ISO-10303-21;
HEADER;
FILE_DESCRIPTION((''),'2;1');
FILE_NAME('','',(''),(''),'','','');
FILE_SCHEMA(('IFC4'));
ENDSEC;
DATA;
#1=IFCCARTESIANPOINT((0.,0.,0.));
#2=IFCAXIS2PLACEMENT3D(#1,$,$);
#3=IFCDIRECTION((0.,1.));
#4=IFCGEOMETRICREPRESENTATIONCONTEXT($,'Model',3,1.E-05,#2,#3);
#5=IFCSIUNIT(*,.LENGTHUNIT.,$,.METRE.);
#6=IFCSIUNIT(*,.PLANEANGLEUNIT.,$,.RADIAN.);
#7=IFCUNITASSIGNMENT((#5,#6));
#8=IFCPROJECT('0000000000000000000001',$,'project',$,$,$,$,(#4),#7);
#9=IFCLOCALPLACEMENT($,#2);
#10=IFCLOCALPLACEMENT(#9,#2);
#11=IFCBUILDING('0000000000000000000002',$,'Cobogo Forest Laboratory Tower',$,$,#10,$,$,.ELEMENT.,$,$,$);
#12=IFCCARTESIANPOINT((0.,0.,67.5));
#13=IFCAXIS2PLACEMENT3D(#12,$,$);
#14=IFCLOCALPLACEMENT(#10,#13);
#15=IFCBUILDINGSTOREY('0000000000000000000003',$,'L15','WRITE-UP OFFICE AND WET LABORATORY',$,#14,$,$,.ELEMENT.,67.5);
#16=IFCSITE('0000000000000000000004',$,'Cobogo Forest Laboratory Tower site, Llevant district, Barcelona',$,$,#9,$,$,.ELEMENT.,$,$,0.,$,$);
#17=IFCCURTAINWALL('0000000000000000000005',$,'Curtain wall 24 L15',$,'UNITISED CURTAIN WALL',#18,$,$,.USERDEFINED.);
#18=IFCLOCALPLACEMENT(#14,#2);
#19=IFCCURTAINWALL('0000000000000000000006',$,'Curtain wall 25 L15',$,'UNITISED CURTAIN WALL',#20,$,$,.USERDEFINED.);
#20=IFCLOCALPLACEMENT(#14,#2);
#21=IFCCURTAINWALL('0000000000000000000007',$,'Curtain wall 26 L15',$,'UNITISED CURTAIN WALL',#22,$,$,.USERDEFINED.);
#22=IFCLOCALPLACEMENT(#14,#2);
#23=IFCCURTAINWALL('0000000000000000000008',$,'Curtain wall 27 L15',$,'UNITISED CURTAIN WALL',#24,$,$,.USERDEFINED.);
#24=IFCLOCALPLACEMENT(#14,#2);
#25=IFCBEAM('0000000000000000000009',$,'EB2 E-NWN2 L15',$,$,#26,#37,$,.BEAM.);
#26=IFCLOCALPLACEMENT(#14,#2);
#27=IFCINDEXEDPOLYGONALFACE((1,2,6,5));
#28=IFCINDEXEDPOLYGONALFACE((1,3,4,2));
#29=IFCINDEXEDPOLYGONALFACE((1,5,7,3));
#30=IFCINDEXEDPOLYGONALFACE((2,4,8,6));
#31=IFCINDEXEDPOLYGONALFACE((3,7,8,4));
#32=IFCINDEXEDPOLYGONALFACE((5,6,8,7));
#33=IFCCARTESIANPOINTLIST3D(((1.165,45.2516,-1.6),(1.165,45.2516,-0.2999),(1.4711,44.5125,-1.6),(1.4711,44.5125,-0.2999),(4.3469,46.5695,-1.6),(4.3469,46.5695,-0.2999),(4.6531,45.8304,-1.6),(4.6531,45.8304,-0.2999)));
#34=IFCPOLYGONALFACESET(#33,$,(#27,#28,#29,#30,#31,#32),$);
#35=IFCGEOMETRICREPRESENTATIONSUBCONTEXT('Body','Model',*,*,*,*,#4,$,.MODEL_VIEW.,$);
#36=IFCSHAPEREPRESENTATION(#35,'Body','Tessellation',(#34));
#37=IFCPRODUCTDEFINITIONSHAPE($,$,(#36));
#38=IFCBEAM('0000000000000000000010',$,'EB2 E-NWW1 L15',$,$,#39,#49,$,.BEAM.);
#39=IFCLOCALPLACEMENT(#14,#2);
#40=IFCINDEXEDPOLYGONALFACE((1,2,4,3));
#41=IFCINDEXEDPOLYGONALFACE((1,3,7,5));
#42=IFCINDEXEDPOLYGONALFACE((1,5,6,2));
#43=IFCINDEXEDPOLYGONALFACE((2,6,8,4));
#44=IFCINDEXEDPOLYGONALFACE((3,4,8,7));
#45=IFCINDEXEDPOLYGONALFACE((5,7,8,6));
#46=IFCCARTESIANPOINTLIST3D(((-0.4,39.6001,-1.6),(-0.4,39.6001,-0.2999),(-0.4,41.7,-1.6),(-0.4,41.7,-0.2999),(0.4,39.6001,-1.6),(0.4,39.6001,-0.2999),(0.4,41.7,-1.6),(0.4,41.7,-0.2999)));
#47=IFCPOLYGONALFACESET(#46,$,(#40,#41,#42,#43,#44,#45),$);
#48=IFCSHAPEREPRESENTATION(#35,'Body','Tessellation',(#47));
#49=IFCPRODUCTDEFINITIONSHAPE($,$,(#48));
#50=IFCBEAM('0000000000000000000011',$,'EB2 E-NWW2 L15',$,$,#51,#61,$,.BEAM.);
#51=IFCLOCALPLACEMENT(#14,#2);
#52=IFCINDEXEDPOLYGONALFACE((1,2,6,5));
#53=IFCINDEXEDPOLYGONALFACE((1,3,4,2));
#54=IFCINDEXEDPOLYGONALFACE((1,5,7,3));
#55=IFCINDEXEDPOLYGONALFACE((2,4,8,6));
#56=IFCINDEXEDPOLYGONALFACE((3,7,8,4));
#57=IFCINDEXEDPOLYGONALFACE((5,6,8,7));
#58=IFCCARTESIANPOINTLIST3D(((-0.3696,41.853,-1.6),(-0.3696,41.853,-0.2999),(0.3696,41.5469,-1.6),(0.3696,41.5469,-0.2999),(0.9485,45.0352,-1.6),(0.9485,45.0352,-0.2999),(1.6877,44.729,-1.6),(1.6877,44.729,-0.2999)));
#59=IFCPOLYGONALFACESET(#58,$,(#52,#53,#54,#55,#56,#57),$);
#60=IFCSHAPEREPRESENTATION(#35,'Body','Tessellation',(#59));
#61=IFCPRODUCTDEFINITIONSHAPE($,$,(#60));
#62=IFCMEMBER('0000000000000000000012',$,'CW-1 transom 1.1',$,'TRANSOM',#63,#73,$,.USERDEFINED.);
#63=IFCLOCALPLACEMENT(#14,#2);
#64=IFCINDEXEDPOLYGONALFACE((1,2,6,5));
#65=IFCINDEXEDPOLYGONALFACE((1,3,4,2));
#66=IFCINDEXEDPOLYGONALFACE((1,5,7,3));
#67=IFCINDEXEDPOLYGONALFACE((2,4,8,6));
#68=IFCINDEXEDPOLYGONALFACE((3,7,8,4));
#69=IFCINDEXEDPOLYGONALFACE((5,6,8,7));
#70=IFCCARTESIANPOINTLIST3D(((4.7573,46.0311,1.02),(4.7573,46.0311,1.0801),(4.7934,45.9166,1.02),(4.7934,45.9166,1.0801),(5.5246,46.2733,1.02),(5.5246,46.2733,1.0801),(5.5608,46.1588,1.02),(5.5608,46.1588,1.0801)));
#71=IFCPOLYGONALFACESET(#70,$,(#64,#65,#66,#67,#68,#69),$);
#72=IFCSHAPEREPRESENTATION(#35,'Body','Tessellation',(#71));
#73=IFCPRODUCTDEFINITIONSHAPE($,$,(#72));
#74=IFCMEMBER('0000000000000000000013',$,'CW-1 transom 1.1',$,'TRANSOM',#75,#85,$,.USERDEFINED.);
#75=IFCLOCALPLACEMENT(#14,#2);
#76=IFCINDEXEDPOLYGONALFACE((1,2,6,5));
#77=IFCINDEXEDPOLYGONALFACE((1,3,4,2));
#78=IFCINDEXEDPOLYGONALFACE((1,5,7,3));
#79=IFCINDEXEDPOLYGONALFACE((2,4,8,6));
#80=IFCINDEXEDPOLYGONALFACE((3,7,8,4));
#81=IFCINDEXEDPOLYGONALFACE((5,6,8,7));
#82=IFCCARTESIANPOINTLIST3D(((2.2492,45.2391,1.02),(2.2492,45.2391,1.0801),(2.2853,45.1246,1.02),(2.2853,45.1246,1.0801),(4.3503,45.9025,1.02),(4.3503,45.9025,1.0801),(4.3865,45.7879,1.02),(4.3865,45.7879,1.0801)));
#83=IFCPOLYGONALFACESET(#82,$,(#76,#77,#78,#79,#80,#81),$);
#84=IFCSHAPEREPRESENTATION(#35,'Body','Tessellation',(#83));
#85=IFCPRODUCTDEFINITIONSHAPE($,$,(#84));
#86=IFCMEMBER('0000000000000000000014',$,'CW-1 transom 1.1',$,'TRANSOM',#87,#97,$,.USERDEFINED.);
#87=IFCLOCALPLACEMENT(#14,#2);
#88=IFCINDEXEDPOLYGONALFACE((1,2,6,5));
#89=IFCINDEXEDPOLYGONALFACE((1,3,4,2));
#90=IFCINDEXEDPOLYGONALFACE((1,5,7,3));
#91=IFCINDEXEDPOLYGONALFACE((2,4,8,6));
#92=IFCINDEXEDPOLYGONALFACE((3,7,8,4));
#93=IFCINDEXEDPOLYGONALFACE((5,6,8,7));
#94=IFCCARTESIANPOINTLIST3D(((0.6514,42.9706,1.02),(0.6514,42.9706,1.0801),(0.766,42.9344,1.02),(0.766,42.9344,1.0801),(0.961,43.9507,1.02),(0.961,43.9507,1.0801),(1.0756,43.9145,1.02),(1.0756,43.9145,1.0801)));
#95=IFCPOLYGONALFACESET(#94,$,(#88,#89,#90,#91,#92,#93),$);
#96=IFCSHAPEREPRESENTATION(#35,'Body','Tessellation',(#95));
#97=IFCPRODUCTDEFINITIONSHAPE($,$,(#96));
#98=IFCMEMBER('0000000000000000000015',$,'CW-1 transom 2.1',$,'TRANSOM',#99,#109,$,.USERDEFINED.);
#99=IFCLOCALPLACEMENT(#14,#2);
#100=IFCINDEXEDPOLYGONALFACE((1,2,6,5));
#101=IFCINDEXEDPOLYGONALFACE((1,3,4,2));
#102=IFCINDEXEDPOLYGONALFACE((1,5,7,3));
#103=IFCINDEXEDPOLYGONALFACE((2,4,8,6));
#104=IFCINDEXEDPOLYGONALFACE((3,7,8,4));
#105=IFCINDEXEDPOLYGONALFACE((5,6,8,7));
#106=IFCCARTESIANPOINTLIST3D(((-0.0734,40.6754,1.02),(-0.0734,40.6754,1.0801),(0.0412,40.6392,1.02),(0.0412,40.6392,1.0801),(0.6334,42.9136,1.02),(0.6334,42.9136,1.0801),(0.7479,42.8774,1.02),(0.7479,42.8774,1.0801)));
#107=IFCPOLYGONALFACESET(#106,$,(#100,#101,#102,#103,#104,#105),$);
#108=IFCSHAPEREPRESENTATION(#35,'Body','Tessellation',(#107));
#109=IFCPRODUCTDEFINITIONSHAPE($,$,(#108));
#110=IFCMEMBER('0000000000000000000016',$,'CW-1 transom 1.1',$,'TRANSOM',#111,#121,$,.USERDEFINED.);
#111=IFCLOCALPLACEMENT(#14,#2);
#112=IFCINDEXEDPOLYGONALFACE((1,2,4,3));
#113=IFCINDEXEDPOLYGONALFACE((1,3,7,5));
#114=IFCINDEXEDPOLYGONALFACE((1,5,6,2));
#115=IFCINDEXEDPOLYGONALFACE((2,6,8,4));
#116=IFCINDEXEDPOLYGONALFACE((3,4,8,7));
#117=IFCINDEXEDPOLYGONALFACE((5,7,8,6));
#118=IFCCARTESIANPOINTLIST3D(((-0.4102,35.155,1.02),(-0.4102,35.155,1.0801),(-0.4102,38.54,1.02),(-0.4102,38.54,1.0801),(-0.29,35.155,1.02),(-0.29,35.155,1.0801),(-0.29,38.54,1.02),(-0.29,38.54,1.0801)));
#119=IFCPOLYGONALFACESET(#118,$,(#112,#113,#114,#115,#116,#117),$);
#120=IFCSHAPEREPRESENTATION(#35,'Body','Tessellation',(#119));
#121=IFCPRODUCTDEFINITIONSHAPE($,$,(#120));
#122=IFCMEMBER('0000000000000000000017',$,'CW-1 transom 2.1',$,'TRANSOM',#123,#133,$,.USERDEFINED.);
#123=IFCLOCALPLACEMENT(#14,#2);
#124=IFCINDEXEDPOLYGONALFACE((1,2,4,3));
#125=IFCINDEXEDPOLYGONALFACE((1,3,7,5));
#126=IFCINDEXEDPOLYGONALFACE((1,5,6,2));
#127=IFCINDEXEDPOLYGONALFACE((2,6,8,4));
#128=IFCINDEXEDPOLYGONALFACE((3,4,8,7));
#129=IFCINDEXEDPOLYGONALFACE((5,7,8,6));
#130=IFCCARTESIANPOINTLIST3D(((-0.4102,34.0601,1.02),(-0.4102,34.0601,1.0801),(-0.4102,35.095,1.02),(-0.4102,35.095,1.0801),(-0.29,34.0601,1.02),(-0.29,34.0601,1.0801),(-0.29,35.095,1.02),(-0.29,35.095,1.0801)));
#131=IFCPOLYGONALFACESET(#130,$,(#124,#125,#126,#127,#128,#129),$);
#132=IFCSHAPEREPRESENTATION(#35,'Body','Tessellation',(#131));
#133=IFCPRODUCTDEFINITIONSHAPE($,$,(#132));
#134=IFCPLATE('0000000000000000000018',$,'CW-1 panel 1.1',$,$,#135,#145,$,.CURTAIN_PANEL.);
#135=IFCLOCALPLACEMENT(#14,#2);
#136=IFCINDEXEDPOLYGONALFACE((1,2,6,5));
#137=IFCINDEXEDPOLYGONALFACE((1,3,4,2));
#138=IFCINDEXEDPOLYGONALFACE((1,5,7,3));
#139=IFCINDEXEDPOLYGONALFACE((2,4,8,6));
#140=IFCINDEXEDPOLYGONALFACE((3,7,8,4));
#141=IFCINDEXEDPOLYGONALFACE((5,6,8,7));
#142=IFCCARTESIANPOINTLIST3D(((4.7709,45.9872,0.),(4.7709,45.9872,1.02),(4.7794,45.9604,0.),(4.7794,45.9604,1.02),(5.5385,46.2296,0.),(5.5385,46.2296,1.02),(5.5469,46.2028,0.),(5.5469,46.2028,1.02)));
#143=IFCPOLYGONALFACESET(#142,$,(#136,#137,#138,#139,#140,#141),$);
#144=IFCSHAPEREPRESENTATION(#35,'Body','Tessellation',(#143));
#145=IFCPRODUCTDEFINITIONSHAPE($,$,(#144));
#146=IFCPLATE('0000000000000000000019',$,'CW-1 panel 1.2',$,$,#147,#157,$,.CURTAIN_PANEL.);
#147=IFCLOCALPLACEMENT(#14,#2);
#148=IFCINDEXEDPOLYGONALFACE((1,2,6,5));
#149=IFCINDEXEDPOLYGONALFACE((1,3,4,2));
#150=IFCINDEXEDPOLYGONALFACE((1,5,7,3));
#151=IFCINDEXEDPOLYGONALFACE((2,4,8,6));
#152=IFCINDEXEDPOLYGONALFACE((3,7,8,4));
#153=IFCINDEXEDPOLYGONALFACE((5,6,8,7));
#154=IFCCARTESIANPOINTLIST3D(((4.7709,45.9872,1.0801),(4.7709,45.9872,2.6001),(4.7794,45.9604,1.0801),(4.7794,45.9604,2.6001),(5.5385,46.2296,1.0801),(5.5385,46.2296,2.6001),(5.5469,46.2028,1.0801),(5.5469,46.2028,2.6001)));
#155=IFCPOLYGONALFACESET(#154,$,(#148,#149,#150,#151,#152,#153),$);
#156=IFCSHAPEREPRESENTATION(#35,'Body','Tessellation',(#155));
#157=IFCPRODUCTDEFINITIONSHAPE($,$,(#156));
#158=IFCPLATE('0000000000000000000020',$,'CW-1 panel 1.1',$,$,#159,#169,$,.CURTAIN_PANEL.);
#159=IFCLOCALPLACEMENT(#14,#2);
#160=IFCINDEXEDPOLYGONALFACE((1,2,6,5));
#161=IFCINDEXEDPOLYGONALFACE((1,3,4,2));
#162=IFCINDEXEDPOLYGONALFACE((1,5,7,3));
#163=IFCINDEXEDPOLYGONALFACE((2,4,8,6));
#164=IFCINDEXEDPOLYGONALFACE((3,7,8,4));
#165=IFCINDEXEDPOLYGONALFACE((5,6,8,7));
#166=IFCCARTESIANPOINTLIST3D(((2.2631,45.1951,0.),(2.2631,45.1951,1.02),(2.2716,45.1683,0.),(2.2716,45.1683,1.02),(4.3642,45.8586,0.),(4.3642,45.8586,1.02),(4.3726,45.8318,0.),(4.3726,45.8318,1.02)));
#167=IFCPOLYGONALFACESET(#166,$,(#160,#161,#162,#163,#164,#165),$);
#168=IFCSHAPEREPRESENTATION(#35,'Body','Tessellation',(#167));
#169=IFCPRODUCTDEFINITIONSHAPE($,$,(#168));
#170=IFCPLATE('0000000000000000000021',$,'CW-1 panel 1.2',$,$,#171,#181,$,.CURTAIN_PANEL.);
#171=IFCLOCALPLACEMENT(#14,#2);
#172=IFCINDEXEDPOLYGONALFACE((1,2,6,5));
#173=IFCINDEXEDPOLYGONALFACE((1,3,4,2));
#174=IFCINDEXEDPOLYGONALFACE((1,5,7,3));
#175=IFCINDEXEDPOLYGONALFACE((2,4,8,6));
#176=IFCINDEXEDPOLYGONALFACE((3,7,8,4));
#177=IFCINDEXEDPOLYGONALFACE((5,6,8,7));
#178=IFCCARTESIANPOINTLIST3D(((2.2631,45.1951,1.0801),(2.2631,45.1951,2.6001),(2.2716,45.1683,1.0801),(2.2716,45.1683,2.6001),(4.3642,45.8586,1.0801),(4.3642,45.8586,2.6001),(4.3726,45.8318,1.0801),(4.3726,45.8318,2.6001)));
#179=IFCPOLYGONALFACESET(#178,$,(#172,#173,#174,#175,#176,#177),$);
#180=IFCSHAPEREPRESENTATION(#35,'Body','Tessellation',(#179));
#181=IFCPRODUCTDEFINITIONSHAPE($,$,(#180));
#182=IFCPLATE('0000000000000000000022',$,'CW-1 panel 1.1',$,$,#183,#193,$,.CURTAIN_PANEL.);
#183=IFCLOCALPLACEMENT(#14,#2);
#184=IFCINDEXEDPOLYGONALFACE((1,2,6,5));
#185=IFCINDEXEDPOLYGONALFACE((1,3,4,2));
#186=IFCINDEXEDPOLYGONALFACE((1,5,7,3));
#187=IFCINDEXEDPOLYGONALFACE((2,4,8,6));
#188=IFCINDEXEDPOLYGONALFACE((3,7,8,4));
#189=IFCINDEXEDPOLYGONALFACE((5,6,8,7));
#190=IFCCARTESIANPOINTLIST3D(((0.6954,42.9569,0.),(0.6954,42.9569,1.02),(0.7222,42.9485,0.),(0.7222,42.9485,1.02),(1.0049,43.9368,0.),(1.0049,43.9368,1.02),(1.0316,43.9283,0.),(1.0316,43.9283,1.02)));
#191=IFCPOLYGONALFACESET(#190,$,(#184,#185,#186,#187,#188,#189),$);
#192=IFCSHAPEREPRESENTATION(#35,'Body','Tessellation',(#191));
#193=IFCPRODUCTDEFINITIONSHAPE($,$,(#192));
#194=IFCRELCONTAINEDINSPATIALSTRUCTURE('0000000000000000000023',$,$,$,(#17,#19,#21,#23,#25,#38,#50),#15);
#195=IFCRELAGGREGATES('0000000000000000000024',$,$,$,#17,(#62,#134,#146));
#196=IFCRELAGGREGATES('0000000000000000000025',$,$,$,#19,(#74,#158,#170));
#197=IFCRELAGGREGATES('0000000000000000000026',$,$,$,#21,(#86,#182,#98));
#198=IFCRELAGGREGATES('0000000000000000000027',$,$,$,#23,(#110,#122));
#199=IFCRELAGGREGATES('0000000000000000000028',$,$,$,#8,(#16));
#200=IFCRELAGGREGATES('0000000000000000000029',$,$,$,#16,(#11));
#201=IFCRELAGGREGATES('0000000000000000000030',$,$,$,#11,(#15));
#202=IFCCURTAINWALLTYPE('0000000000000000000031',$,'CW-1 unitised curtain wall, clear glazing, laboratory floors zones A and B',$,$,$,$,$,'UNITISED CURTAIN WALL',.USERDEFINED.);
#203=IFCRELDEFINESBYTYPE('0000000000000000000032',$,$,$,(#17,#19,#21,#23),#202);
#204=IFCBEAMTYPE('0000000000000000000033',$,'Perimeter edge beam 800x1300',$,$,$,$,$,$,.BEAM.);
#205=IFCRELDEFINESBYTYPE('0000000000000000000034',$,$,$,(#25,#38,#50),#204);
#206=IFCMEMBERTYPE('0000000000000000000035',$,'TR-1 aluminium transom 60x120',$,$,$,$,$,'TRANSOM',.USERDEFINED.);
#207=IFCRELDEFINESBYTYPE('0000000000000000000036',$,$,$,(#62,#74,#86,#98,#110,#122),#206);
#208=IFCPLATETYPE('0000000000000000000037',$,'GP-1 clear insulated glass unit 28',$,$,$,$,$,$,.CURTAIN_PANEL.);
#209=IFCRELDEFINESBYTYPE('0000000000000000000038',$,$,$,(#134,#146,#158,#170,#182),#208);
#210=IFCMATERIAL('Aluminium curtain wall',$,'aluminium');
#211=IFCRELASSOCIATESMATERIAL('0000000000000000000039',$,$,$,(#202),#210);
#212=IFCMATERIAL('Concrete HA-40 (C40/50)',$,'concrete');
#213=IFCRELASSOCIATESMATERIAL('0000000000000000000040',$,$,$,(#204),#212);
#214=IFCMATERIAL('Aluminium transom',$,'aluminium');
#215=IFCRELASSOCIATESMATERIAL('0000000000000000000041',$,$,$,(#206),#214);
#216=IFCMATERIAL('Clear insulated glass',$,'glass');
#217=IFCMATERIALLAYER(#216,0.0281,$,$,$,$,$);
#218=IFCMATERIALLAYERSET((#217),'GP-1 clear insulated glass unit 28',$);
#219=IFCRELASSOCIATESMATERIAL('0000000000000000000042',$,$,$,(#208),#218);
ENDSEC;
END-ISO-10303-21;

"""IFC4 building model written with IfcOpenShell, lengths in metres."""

from ifc_helpers import new_model, si_unit, direction, frame, origin, origin_2d, place, context, subcontext, project, spatial, rectangle, extrude, material, layer, layer_set, material_profile, profile_set, type_object, element, aggregate, save


model = new_model("IFC4")

# Units and contexts
model_context = context("Model", 3, precision=1e-05, world=origin(), true_north=direction((0.0, 1.0)))
body_context = subcontext(model_context, "Body", "Model", "MODEL_VIEW")
ifc_project = project(units=[si_unit("LENGTHUNIT", "METRE"), si_unit("PLANEANGLEUNIT", "RADIAN")], contexts=[model_context])

# Site, building, storey
site_placement = place(None, origin())
site = spatial("IfcSite", under=ifc_project, at=site_placement, Name="Cobogo Forest Laboratory Tower site, Llevant district, Barcelona", CompositionType="ELEMENT", RefElevation=0.0)
building_placement = place(site_placement, origin())
building = spatial("IfcBuilding", under=site, at=building_placement, Name="Cobogo Forest Laboratory Tower", CompositionType="ELEMENT")
storey_placement = place(building_placement, frame((0.0, 0.0, 67.5)))
storey = spatial("IfcBuildingStorey", under=building, at=storey_placement, Name="L15", Description="WRITE-UP OFFICE AND WET LABORATORY", CompositionType="ELEMENT", Elevation=67.5)

# Curtain wall
ifc_material_1 = material(Name="Aluminium curtain wall", Category="aluminium")
curtain_wall_type = type_object("IfcCurtainWallType", Name="CW-1 unitised curtain wall, clear glazing, laboratory floors zones A and B", ElementType="UNITISED CURTAIN WALL", PredefinedType="USERDEFINED", material=ifc_material_1)
curtain_wall_1_placement = place(storey_placement, origin())
curtain_wall_1 = element("IfcCurtainWall", 1, at=curtain_wall_1_placement, inside=storey, type_object=curtain_wall_type, Name="Curtain wall 24 L15", ObjectType="UNITISED CURTAIN WALL", PredefinedType="USERDEFINED")

# Curtain walls
curtain_wall_2_placement = place(storey_placement, origin())
curtain_wall_2 = element("IfcCurtainWall", 2, at=curtain_wall_2_placement, inside=storey, type_object=curtain_wall_type, Name="Curtain wall 25 L15", ObjectType="UNITISED CURTAIN WALL", PredefinedType="USERDEFINED")
curtain_wall_3_placement = place(storey_placement, origin())
curtain_wall_3 = element("IfcCurtainWall", 3, at=curtain_wall_3_placement, inside=storey, type_object=curtain_wall_type, Name="Curtain wall 26 L15", ObjectType="UNITISED CURTAIN WALL", PredefinedType="USERDEFINED")
curtain_wall_4_placement = place(storey_placement, origin())
curtain_wall_4 = element("IfcCurtainWall", 4, at=curtain_wall_4_placement, inside=storey, type_object=curtain_wall_type, Name="Curtain wall 27 L15", ObjectType="UNITISED CURTAIN WALL", PredefinedType="USERDEFINED")

# Beams
ifc_material_2 = material(Name="Concrete HA-40 (C40/50)", Category="concrete")
ifc_material_profile_1 = material_profile(ifc_material_2, rectangle(XDim=0.8, YDim=1.3, at=origin_2d()), Name="RC 800x1300")
ifc_profile_set_1 = profile_set([ifc_material_profile_1], Name="Concrete HA-40 (C40/50)")
beam_type_1 = type_object("IfcBeamType", Name="Perimeter edge beam 800x1300", PredefinedType="BEAM", material=ifc_profile_set_1)
beam_1_placement = place(storey_placement, frame((4.5, 46.2, -0.95), z_axis=(-0.923891, -0.382656, 0.0), x_axis=(0.382656, -0.923891, 0.0)))
element("IfcBeam", 5, at=beam_1_placement, inside=storey, type_object=beam_type_1, Name="EB2 E-NWN2 L15", PredefinedType="BEAM", context=body_context, shape_type="SweptSolid", body=[
    extrude(rectangle(XDim=0.8, YDim=1.3, at=origin_2d()), origin(), (0.0, 0.0, 1.0), 3.4441),
])
beam_2_placement = place(storey_placement, frame((0.0, 39.6001, -0.95), z_axis=(0.0, 1.0, 0.0), x_axis=(-1.0, 0.0, 0.0)))
element("IfcBeam", 6, at=beam_2_placement, inside=storey, type_object=beam_type_1, Name="EB2 E-NWW1 L15", PredefinedType="BEAM", context=body_context, shape_type="SweptSolid", body=[
    extrude(rectangle(XDim=0.8, YDim=1.3, at=origin_2d()), origin(), (0.0, 0.0, 1.0), 2.0999),
])
beam_3_placement = place(storey_placement, frame((0.0, 41.7, -0.95), z_axis=(0.382692, 0.923876, 0.0), x_axis=(-0.923876, 0.382692, 0.0)))
element("IfcBeam", 7, at=beam_3_placement, inside=storey, type_object=beam_type_1, Name="EB2 E-NWW2 L15", PredefinedType="BEAM", context=body_context, shape_type="SweptSolid", body=[
    extrude(rectangle(XDim=0.8, YDim=1.3, at=origin_2d()), origin(), (0.0, 0.0, 1.0), 3.4443),
])

# Members
ifc_material_3 = material(Name="Aluminium transom", Category="aluminium")
ifc_material_profile_2 = material_profile(ifc_material_3, rectangle(XDim=0.1201, YDim=0.0601, at=origin_2d()), Name="AL 60x120")
ifc_profile_set_2 = profile_set([ifc_material_profile_2], Name="Aluminium transom")
member_type_1 = type_object("IfcMemberType", Name="TR-1 aluminium transom 60x120", ElementType="TRANSOM", PredefinedType="USERDEFINED", material=ifc_profile_set_2)
member_1_placement = place(storey_placement, frame((5.5427, 46.2161, 1.05), z_axis=(-0.953629, -0.300986, 0.0), x_axis=(0.300986, -0.953629, 0.0)))
member_1 = element("IfcMember", 8, at=member_1_placement, type_object=member_type_1, Name="CW-1 transom 1.1", ObjectType="TRANSOM", PredefinedType="USERDEFINED", context=body_context, shape_type="SweptSolid", body=[
    extrude(rectangle(XDim=0.1201, YDim=0.0601, at=origin_2d()), origin(), (0.0, 0.0, 1.0), 0.8047),
])
member_2_placement = place(storey_placement, frame((4.3684, 45.8452, 1.05), z_axis=(-0.953604, -0.301062, 0.0), x_axis=(0.301062, -0.953604, 0.0)))
member_2 = element("IfcMember", 9, at=member_2_placement, type_object=member_type_1, Name="CW-1 transom 1.1", ObjectType="TRANSOM", PredefinedType="USERDEFINED", context=body_context, shape_type="SweptSolid", body=[
    extrude(rectangle(XDim=0.1201, YDim=0.0601, at=origin_2d()), origin(), (0.0, 0.0, 1.0), 2.2034),
])
member_3_placement = place(storey_placement, frame((1.0183, 43.9326, 1.05), z_axis=(-0.301222, -0.953554, 0.0), x_axis=(0.953554, -0.301222, 0.0)))
member_3 = element("IfcMember", 10, at=member_3_placement, type_object=member_type_1, Name="CW-1 transom 1.1", ObjectType="TRANSOM", PredefinedType="USERDEFINED", context=body_context, shape_type="SweptSolid", body=[
    extrude(rectangle(XDim=0.1201, YDim=0.0601, at=origin_2d()), origin(), (0.0, 0.0, 1.0), 1.0278),
])
member_4_placement = place(storey_placement, frame((0.6907, 42.8955, 1.05), z_axis=(-0.301116, -0.953587, 0.0), x_axis=(0.953587, -0.301116, 0.0)))
member_4 = element("IfcMember", 11, at=member_4_placement, type_object=member_type_1, Name="CW-1 transom 2.1", ObjectType="TRANSOM", PredefinedType="USERDEFINED", context=body_context, shape_type="SweptSolid", body=[
    extrude(rectangle(XDim=0.1201, YDim=0.0601, at=origin_2d()), origin(), (0.0, 0.0, 1.0), 2.3472),
])
member_5_placement = place(storey_placement, frame((-0.3501, 38.54, 1.05), z_axis=(0.0, -1.0, 0.0), x_axis=(1.0, 0.0, 0.0)))
member_5 = element("IfcMember", 12, at=member_5_placement, type_object=member_type_1, Name="CW-1 transom 1.1", ObjectType="TRANSOM", PredefinedType="USERDEFINED", context=body_context, shape_type="SweptSolid", body=[
    extrude(rectangle(XDim=0.1201, YDim=0.0601, at=origin_2d()), origin(), (0.0, 0.0, 1.0), 3.385),
])
member_6_placement = place(storey_placement, frame((-0.3501, 35.095, 1.05), z_axis=(0.0, -1.0, 0.0), x_axis=(1.0, 0.0, 0.0)))
member_6 = element("IfcMember", 13, at=member_6_placement, type_object=member_type_1, Name="CW-1 transom 2.1", ObjectType="TRANSOM", PredefinedType="USERDEFINED", context=body_context, shape_type="SweptSolid", body=[
    extrude(rectangle(XDim=0.1201, YDim=0.0601, at=origin_2d()), origin(), (0.0, 0.0, 1.0), 1.0349),
])

# Plates
ifc_material_4 = material(Name="Clear insulated glass", Category="glass")
ifc_layer_1 = layer(ifc_material_4, 0.0281)
ifc_layer_set_1 = layer_set([ifc_layer_1], Name="GP-1 clear insulated glass unit 28")
plate_type_1 = type_object("IfcPlateType", Name="GP-1 clear insulated glass unit 28", PredefinedType="CURTAIN_PANEL", material=ifc_layer_set_1)
plate_1_placement = place(storey_placement, frame((5.1589, 46.095, 0.0), z_axis=(0.0, 0.0, 1.0), x_axis=(-0.953581, -0.301135, 0.0)))
plate_1 = element("IfcPlate", 14, at=plate_1_placement, type_object=plate_type_1, Name="CW-1 panel 1.1", PredefinedType="CURTAIN_PANEL", context=body_context, shape_type="SweptSolid", body=[
    extrude(rectangle(XDim=0.8049, YDim=0.0281, at=origin_2d()), origin(), (0.0, 0.0, 1.0), 1.02),
])
plate_2_placement = place(storey_placement, frame((5.1589, 46.095, 1.0801), z_axis=(0.0, 0.0, 1.0), x_axis=(-0.953581, -0.301135, 0.0)))
plate_2 = element("IfcPlate", 15, at=plate_2_placement, type_object=plate_type_1, Name="CW-1 panel 1.2", PredefinedType="CURTAIN_PANEL", context=body_context, shape_type="SweptSolid", body=[
    extrude(rectangle(XDim=0.8049, YDim=0.0281, at=origin_2d()), origin(), (0.0, 0.0, 1.0), 1.52),
])
aggregate(curtain_wall_1, [member_1, plate_1, plate_2])
plate_3_placement = place(storey_placement, frame((3.3179, 45.5134, 0.0), z_axis=(0.0, 0.0, 1.0), x_axis=(-0.953581, -0.301135, 0.0)))
plate_3 = element("IfcPlate", 16, at=plate_3_placement, type_object=plate_type_1, Name="CW-1 panel 1.1", PredefinedType="CURTAIN_PANEL", context=body_context, shape_type="SweptSolid", body=[
    extrude(rectangle(XDim=2.2034, YDim=0.0281, at=origin_2d()), origin(), (0.0, 0.0, 1.0), 1.02),
])
plate_4_placement = place(storey_placement, frame((3.3179, 45.5134, 1.0801), z_axis=(0.0, 0.0, 1.0), x_axis=(-0.953581, -0.301135, 0.0)))
plate_4 = element("IfcPlate", 17, at=plate_4_placement, type_object=plate_type_1, Name="CW-1 panel 1.2", PredefinedType="CURTAIN_PANEL", context=body_context, shape_type="SweptSolid", body=[
    extrude(rectangle(XDim=2.2034, YDim=0.0281, at=origin_2d()), origin(), (0.0, 0.0, 1.0), 1.52),
])
aggregate(curtain_wall_2, [member_2, plate_3, plate_4])
plate_5_placement = place(storey_placement, frame((0.8635, 43.4426, 0.0), z_axis=(0.0, 0.0, 1.0), x_axis=(-0.301135, -0.953581, 0.0)))
plate_5 = element("IfcPlate", 18, at=plate_5_placement, type_object=plate_type_1, Name="CW-1 panel 1.1", PredefinedType="CURTAIN_PANEL", context=body_context, shape_type="SweptSolid", body=[
    extrude(rectangle(XDim=1.0276, YDim=0.0281, at=origin_2d()), origin(), (0.0, 0.0, 1.0), 1.02),
])
aggregate(curtain_wall_3, [member_3, plate_5, member_4])
aggregate(curtain_wall_4, [member_5, member_6])

save(model, "model.ifc")
